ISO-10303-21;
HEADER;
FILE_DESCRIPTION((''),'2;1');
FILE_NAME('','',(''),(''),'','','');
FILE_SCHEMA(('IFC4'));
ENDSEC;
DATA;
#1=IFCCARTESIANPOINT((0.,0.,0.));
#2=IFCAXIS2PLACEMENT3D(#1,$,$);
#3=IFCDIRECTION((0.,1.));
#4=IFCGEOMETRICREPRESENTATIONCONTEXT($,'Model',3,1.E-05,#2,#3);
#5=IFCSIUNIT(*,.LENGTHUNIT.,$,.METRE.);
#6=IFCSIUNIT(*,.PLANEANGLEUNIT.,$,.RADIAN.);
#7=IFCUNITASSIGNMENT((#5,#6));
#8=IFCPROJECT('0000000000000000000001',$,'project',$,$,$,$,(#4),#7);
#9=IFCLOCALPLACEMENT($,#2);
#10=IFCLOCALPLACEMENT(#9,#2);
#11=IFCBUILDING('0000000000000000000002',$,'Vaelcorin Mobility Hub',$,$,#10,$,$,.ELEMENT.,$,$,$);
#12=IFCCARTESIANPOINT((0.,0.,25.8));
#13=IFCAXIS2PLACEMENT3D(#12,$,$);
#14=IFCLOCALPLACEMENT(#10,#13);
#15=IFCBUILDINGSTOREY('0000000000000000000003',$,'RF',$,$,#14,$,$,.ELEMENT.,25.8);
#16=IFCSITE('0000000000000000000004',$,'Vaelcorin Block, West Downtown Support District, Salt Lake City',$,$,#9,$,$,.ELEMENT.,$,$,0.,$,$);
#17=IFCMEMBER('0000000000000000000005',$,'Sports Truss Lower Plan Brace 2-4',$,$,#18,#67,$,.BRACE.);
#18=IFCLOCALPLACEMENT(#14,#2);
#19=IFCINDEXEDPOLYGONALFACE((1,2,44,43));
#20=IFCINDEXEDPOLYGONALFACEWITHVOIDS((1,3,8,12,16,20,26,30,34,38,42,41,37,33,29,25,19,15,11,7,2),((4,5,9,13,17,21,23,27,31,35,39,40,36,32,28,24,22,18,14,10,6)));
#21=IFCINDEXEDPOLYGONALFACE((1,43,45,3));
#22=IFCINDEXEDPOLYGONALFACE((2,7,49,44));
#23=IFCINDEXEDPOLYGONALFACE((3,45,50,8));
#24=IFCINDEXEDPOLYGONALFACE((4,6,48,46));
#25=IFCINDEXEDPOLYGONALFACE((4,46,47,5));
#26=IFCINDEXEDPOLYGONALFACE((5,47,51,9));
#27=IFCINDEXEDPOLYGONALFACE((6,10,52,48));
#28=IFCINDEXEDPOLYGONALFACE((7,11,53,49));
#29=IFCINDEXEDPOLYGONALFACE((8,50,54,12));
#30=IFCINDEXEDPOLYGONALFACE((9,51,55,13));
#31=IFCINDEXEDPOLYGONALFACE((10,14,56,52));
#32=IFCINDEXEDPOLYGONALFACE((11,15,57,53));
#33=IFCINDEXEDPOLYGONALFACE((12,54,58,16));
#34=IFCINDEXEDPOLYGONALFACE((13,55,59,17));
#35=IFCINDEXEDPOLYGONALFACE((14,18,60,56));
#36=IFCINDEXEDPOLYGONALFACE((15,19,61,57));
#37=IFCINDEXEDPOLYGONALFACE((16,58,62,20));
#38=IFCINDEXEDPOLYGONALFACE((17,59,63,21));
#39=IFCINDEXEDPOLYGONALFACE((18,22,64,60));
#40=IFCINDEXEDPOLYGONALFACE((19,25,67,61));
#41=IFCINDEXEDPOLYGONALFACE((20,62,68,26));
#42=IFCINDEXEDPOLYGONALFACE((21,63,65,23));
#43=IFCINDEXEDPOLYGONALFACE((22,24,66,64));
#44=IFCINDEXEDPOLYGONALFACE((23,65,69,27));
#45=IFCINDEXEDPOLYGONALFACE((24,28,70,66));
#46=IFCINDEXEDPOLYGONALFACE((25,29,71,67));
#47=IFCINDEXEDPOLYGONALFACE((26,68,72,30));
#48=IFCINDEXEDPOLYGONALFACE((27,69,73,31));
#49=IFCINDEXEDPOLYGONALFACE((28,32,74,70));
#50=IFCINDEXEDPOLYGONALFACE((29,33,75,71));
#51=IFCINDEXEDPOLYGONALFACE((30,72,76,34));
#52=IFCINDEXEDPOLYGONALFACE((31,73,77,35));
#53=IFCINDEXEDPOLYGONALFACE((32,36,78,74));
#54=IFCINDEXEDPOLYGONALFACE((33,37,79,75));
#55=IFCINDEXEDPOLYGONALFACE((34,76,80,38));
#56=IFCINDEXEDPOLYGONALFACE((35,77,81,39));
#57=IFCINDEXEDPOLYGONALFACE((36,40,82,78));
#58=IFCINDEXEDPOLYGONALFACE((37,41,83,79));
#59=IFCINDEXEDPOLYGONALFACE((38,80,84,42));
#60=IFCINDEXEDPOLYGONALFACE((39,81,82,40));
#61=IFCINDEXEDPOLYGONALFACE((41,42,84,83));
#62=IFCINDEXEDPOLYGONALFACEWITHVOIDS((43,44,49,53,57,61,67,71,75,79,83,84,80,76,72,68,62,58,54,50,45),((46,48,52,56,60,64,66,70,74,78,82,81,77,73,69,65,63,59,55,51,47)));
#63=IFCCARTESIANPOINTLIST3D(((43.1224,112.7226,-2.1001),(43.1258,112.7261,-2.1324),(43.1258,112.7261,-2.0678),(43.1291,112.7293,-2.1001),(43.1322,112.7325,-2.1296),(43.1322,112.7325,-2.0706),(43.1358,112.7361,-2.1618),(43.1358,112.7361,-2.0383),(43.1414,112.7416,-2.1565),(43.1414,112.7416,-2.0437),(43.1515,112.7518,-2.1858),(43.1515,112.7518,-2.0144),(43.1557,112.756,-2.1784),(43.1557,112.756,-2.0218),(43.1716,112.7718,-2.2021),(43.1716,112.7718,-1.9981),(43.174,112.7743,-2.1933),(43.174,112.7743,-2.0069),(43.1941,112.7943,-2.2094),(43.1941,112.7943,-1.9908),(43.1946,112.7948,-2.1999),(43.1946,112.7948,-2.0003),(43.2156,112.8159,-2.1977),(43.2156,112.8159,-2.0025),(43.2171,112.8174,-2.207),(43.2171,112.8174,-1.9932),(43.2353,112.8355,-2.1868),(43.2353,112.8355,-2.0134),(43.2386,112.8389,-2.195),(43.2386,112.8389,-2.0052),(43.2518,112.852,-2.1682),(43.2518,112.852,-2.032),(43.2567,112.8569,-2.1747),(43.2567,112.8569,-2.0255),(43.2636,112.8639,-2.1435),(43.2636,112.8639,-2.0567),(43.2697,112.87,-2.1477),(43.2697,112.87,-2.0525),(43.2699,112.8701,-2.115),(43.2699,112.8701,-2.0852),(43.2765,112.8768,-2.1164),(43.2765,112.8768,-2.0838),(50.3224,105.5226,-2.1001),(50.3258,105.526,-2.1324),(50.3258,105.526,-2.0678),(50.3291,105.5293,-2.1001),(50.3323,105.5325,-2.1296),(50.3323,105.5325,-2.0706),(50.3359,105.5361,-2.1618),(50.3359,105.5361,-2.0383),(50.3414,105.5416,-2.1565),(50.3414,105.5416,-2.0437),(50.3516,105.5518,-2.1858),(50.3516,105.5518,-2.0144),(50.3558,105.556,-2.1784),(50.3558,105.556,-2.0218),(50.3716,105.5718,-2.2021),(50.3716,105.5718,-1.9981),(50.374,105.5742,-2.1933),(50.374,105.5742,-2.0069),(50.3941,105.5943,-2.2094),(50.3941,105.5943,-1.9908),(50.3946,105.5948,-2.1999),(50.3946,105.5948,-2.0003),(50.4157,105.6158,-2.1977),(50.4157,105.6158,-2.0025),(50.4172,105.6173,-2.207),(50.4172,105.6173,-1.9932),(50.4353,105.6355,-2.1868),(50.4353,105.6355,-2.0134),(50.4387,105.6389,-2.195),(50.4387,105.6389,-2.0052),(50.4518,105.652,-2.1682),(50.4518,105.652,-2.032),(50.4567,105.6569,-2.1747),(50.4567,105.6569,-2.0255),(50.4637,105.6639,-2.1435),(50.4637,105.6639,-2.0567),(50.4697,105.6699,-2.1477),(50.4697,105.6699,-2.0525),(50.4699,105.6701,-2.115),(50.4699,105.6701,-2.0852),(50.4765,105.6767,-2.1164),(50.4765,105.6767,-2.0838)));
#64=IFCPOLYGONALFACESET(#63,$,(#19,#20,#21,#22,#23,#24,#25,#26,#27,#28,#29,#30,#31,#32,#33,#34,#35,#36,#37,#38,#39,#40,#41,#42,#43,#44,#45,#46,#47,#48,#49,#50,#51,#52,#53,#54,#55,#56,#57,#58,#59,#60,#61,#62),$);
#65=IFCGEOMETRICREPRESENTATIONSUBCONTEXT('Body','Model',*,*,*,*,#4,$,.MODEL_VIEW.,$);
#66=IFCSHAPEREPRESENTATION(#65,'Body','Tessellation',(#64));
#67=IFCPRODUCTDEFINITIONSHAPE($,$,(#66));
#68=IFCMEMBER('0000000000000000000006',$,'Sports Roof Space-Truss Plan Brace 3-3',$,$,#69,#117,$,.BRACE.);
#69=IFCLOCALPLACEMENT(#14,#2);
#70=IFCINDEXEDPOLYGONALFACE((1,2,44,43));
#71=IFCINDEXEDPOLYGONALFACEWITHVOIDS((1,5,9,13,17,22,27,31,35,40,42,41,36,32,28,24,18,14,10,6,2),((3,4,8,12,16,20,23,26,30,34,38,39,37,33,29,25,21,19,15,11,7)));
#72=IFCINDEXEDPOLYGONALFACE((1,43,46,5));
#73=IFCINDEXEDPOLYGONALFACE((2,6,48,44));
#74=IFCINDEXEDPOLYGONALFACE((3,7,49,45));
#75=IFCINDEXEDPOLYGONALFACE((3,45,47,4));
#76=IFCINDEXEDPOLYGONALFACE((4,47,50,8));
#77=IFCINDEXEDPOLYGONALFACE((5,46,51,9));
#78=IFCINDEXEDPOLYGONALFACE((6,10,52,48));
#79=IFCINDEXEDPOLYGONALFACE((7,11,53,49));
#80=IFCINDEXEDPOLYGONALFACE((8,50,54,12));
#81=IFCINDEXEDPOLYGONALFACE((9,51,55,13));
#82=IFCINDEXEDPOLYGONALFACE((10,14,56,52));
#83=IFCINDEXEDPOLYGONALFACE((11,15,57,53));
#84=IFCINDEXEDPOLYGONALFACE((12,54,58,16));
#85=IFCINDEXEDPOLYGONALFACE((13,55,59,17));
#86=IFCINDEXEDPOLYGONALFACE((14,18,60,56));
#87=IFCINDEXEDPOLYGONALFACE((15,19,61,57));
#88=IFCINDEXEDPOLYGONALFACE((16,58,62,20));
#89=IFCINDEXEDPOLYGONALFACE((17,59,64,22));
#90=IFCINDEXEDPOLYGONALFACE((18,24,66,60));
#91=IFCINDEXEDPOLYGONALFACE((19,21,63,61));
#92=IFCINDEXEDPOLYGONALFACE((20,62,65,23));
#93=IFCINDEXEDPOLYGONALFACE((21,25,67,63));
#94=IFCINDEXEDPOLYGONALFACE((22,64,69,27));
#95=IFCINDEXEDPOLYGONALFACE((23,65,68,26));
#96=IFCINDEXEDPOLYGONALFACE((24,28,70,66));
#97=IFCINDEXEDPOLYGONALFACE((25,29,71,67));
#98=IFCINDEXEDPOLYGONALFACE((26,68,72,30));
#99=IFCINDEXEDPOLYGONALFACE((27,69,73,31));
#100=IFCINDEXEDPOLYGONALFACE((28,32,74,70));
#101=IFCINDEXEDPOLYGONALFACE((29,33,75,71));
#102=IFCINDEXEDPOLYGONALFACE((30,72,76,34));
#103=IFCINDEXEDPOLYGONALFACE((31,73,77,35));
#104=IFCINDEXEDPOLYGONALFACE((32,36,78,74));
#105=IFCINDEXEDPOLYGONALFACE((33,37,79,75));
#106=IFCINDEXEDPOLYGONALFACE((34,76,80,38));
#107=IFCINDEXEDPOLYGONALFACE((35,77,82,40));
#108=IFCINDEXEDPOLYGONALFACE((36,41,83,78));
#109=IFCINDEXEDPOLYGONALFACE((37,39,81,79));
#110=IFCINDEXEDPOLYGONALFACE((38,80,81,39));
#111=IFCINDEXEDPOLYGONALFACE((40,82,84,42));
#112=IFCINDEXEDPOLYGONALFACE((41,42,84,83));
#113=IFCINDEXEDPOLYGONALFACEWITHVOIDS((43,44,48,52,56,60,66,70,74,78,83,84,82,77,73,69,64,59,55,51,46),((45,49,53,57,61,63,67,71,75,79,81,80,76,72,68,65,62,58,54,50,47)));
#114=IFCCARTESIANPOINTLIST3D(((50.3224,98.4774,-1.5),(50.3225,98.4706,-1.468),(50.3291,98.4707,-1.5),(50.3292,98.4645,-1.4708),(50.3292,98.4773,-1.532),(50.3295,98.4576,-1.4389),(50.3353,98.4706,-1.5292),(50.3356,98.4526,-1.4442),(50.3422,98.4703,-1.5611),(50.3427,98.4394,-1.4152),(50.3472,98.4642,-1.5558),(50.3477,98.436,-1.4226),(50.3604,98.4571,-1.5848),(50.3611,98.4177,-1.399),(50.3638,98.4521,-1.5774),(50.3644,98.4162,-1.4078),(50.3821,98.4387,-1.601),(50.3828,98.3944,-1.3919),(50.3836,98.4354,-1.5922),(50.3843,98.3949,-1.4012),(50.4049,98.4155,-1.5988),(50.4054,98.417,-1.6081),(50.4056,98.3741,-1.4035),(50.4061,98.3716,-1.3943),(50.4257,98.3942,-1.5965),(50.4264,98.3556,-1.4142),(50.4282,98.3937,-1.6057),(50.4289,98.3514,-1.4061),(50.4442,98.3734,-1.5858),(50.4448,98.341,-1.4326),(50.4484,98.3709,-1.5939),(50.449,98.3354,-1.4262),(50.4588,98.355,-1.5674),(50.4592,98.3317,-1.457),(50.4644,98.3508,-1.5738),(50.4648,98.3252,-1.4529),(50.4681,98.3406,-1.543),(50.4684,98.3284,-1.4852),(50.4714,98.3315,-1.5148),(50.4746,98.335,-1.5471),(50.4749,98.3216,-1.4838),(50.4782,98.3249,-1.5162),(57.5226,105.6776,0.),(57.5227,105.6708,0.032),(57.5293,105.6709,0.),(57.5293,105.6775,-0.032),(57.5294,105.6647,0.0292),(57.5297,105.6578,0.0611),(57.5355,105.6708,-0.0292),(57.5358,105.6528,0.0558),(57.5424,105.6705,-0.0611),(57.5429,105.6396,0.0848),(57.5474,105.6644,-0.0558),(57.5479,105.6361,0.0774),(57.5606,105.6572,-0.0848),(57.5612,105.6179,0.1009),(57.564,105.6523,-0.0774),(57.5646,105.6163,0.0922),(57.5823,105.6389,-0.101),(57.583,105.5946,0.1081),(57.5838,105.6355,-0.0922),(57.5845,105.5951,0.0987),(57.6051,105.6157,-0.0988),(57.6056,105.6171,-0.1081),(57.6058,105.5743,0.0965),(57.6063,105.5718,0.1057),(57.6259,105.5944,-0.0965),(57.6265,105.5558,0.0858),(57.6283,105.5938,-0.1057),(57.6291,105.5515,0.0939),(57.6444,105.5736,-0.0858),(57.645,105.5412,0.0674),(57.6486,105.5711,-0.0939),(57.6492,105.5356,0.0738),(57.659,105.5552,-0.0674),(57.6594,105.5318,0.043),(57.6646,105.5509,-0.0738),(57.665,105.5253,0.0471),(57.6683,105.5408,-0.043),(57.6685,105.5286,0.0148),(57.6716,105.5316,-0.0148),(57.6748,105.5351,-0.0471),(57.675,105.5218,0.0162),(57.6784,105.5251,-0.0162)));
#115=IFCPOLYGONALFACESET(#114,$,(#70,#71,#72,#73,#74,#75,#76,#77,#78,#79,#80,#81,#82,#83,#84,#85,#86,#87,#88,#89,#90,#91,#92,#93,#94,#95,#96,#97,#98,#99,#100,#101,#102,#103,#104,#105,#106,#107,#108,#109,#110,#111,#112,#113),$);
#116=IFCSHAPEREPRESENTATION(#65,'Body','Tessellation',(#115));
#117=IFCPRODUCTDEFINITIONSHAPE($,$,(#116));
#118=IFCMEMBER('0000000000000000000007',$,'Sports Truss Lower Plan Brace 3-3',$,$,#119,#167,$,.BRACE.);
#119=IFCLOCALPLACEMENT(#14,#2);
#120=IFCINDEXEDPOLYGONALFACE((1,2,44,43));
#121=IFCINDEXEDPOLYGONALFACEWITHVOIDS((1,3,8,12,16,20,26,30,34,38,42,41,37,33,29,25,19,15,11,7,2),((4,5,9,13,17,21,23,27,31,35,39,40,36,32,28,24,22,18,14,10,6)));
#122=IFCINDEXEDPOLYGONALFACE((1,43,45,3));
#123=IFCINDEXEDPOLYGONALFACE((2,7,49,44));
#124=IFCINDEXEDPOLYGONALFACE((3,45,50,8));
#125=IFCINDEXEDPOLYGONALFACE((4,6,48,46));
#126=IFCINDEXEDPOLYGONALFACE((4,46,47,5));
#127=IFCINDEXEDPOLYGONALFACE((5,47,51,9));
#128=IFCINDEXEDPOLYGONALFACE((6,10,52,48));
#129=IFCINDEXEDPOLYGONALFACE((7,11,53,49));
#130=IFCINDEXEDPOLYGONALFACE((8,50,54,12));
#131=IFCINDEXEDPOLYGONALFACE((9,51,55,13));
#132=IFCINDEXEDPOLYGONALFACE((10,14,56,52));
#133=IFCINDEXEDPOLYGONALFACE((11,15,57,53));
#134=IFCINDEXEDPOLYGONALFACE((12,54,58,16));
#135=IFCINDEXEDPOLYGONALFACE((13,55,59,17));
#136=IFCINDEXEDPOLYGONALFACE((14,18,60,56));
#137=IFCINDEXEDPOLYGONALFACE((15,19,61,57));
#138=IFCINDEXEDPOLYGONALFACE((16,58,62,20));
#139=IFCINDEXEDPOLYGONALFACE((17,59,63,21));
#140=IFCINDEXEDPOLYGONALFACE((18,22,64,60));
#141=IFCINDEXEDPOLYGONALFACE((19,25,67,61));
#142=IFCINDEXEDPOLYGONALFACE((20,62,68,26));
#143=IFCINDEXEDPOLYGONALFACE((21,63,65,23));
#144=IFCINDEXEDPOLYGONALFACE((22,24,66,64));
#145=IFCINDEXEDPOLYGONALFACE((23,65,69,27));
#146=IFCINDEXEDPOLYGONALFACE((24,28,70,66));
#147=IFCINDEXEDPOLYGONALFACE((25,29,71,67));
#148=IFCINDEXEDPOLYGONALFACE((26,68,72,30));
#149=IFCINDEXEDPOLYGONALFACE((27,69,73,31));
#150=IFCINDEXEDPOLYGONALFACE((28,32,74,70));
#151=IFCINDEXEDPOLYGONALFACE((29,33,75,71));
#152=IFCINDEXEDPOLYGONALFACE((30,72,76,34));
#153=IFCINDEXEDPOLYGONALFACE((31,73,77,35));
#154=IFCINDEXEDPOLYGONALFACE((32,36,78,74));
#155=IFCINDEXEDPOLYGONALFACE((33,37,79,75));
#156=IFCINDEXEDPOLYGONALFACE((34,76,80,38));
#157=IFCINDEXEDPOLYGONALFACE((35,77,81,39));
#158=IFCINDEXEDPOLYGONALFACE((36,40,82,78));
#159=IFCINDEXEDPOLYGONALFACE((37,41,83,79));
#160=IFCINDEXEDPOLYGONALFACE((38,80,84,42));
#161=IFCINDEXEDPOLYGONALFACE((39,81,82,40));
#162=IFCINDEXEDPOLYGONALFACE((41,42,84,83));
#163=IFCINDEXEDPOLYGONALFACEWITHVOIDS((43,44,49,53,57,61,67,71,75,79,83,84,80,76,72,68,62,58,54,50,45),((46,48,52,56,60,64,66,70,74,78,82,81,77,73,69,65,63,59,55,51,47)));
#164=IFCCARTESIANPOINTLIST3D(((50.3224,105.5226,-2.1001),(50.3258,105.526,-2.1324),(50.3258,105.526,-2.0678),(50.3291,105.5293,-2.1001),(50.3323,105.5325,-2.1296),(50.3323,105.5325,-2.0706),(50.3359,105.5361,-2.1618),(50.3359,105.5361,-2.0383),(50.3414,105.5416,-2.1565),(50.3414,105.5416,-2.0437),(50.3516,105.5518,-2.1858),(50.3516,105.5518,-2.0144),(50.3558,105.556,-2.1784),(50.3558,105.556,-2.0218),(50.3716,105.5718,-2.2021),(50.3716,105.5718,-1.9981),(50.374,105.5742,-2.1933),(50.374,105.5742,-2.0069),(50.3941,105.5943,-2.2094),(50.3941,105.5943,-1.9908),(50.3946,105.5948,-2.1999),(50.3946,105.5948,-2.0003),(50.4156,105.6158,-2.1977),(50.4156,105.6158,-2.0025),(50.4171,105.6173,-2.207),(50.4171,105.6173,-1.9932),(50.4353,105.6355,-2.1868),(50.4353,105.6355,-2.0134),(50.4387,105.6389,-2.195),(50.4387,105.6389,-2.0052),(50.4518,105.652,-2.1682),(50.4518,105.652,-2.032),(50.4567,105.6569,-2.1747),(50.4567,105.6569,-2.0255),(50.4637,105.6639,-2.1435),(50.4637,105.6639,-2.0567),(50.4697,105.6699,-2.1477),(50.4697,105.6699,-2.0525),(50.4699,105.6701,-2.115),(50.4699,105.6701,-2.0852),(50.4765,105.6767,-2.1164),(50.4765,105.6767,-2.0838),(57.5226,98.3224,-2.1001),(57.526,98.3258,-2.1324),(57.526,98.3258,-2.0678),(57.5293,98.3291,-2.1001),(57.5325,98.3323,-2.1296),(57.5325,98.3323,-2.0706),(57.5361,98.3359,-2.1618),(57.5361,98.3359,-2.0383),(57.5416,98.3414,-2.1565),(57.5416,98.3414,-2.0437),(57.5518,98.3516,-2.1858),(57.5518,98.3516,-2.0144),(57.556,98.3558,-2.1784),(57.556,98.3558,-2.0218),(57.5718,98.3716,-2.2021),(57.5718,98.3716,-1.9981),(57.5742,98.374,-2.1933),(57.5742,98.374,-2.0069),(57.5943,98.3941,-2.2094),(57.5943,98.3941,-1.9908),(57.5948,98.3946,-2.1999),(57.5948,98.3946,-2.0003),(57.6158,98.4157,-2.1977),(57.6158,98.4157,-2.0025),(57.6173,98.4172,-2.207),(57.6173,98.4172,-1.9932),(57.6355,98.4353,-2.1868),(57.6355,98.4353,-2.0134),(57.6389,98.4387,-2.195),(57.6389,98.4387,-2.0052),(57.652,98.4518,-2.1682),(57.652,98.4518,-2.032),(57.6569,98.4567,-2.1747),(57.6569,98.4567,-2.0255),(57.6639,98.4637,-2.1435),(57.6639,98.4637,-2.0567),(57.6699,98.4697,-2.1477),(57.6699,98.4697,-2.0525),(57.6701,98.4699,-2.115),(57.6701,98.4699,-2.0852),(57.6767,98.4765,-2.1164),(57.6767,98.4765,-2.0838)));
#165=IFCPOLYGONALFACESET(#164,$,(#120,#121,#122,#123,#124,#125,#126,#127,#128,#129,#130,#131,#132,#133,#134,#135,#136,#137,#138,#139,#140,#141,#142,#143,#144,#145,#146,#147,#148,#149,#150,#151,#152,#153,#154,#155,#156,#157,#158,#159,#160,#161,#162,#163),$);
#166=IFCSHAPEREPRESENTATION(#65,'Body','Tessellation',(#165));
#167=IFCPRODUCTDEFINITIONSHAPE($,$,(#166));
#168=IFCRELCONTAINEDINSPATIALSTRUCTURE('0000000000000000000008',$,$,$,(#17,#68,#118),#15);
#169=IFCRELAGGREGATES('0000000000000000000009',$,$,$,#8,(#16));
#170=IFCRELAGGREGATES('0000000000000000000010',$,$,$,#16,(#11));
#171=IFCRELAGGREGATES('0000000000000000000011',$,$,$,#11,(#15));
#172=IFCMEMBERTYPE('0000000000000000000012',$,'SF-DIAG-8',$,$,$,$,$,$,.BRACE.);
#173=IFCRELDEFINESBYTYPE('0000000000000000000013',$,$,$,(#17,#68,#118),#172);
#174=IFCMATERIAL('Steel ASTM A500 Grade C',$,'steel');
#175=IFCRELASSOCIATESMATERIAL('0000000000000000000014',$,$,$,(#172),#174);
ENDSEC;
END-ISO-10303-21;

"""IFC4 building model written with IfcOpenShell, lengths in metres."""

from ifc_helpers import new_model, si_unit, direction, frame, origin, origin_2d, place, context, subcontext, project, spatial, hollow_circle, extrude, material, material_profile, profile_set, type_object, element, save


model = new_model("IFC4")

# Units and contexts
model_context = context("Model", 3, precision=1e-05, world=origin(), true_north=direction((0.0, 1.0)))
body_context = subcontext(model_context, "Body", "Model", "MODEL_VIEW")
ifc_project = project(units=[si_unit("LENGTHUNIT", "METRE"), si_unit("PLANEANGLEUNIT", "RADIAN")], contexts=[model_context])

# Site, building, storey
site_placement = place(None, origin())
site = spatial("IfcSite", under=ifc_project, at=site_placement, Name="Vaelcorin Block, West Downtown Support District, Salt Lake City", CompositionType="ELEMENT", RefElevation=0.0)
building_placement = place(site_placement, origin())
building = spatial("IfcBuilding", under=site, at=building_placement, Name="Vaelcorin Mobility Hub", CompositionType="ELEMENT")
storey_placement = place(building_placement, frame((0.0, 0.0, 25.8)))
storey = spatial("IfcBuildingStorey", under=building, at=storey_placement, Name="RF", CompositionType="ELEMENT", Elevation=25.8)

# Members
ifc_material_1 = material(Name="Steel ASTM A500 Grade C", Category="steel")
ifc_material_profile_1 = material_profile(ifc_material_1, hollow_circle(Radius=0.1096, WallThickness=0.0095, at=origin_2d()), Name="HSS8.625X0.375")
ifc_profile_set_1 = profile_set([ifc_material_profile_1], Name="Steel ASTM A500 Grade C")
member_type_1 = type_object("IfcMemberType", Name="SF-DIAG-8", PredefinedType="BRACE", material=ifc_profile_set_1)
member_1_placement = place(storey_placement, frame((50.3999, 105.6001, -2.1001), z_axis=(-0.707107, 0.707107, 0.0), x_axis=(-0.707107, -0.707107, 0.0)))
element("IfcMember", 1, at=member_1_placement, inside=storey, type_object=member_type_1, Name="Sports Truss Lower Plan Brace 2-4", PredefinedType="BRACE", context=body_context, shape_type="SweptSolid", body=[
    extrude(hollow_circle(Radius=0.1096, WallThickness=0.0095, at=origin_2d()), origin(), (0.0, 0.0, 1.0), 10.1824),
])
member_2_placement = place(storey_placement, frame((50.3999, 98.3999, -1.5), z_axis=(0.699557, 0.699557, 0.145737), x_axis=(-0.707107, 0.707107, 0.0)))
element("IfcMember", 2, at=member_2_placement, inside=storey, type_object=member_type_1, Name="Sports Roof Space-Truss Plan Brace 3-3", PredefinedType="BRACE", context=body_context, shape_type="SweptSolid", body=[
    extrude(hollow_circle(Radius=0.1096, WallThickness=0.0095, at=origin_2d()), origin(), (0.0, 0.0, 1.0), 10.2925),
])
member_3_placement = place(storey_placement, frame((57.6001, 98.3999, -2.1001), z_axis=(-0.707107, 0.707107, 0.0), x_axis=(-0.707107, -0.707107, 0.0)))
element("IfcMember", 3, at=member_3_placement, inside=storey, type_object=member_type_1, Name="Sports Truss Lower Plan Brace 3-3", PredefinedType="BRACE", context=body_context, shape_type="SweptSolid", body=[
    extrude(hollow_circle(Radius=0.1096, WallThickness=0.0095, at=origin_2d()), origin(), (0.0, 0.0, 1.0), 10.1826),
])

save(model, "model.ifc")
